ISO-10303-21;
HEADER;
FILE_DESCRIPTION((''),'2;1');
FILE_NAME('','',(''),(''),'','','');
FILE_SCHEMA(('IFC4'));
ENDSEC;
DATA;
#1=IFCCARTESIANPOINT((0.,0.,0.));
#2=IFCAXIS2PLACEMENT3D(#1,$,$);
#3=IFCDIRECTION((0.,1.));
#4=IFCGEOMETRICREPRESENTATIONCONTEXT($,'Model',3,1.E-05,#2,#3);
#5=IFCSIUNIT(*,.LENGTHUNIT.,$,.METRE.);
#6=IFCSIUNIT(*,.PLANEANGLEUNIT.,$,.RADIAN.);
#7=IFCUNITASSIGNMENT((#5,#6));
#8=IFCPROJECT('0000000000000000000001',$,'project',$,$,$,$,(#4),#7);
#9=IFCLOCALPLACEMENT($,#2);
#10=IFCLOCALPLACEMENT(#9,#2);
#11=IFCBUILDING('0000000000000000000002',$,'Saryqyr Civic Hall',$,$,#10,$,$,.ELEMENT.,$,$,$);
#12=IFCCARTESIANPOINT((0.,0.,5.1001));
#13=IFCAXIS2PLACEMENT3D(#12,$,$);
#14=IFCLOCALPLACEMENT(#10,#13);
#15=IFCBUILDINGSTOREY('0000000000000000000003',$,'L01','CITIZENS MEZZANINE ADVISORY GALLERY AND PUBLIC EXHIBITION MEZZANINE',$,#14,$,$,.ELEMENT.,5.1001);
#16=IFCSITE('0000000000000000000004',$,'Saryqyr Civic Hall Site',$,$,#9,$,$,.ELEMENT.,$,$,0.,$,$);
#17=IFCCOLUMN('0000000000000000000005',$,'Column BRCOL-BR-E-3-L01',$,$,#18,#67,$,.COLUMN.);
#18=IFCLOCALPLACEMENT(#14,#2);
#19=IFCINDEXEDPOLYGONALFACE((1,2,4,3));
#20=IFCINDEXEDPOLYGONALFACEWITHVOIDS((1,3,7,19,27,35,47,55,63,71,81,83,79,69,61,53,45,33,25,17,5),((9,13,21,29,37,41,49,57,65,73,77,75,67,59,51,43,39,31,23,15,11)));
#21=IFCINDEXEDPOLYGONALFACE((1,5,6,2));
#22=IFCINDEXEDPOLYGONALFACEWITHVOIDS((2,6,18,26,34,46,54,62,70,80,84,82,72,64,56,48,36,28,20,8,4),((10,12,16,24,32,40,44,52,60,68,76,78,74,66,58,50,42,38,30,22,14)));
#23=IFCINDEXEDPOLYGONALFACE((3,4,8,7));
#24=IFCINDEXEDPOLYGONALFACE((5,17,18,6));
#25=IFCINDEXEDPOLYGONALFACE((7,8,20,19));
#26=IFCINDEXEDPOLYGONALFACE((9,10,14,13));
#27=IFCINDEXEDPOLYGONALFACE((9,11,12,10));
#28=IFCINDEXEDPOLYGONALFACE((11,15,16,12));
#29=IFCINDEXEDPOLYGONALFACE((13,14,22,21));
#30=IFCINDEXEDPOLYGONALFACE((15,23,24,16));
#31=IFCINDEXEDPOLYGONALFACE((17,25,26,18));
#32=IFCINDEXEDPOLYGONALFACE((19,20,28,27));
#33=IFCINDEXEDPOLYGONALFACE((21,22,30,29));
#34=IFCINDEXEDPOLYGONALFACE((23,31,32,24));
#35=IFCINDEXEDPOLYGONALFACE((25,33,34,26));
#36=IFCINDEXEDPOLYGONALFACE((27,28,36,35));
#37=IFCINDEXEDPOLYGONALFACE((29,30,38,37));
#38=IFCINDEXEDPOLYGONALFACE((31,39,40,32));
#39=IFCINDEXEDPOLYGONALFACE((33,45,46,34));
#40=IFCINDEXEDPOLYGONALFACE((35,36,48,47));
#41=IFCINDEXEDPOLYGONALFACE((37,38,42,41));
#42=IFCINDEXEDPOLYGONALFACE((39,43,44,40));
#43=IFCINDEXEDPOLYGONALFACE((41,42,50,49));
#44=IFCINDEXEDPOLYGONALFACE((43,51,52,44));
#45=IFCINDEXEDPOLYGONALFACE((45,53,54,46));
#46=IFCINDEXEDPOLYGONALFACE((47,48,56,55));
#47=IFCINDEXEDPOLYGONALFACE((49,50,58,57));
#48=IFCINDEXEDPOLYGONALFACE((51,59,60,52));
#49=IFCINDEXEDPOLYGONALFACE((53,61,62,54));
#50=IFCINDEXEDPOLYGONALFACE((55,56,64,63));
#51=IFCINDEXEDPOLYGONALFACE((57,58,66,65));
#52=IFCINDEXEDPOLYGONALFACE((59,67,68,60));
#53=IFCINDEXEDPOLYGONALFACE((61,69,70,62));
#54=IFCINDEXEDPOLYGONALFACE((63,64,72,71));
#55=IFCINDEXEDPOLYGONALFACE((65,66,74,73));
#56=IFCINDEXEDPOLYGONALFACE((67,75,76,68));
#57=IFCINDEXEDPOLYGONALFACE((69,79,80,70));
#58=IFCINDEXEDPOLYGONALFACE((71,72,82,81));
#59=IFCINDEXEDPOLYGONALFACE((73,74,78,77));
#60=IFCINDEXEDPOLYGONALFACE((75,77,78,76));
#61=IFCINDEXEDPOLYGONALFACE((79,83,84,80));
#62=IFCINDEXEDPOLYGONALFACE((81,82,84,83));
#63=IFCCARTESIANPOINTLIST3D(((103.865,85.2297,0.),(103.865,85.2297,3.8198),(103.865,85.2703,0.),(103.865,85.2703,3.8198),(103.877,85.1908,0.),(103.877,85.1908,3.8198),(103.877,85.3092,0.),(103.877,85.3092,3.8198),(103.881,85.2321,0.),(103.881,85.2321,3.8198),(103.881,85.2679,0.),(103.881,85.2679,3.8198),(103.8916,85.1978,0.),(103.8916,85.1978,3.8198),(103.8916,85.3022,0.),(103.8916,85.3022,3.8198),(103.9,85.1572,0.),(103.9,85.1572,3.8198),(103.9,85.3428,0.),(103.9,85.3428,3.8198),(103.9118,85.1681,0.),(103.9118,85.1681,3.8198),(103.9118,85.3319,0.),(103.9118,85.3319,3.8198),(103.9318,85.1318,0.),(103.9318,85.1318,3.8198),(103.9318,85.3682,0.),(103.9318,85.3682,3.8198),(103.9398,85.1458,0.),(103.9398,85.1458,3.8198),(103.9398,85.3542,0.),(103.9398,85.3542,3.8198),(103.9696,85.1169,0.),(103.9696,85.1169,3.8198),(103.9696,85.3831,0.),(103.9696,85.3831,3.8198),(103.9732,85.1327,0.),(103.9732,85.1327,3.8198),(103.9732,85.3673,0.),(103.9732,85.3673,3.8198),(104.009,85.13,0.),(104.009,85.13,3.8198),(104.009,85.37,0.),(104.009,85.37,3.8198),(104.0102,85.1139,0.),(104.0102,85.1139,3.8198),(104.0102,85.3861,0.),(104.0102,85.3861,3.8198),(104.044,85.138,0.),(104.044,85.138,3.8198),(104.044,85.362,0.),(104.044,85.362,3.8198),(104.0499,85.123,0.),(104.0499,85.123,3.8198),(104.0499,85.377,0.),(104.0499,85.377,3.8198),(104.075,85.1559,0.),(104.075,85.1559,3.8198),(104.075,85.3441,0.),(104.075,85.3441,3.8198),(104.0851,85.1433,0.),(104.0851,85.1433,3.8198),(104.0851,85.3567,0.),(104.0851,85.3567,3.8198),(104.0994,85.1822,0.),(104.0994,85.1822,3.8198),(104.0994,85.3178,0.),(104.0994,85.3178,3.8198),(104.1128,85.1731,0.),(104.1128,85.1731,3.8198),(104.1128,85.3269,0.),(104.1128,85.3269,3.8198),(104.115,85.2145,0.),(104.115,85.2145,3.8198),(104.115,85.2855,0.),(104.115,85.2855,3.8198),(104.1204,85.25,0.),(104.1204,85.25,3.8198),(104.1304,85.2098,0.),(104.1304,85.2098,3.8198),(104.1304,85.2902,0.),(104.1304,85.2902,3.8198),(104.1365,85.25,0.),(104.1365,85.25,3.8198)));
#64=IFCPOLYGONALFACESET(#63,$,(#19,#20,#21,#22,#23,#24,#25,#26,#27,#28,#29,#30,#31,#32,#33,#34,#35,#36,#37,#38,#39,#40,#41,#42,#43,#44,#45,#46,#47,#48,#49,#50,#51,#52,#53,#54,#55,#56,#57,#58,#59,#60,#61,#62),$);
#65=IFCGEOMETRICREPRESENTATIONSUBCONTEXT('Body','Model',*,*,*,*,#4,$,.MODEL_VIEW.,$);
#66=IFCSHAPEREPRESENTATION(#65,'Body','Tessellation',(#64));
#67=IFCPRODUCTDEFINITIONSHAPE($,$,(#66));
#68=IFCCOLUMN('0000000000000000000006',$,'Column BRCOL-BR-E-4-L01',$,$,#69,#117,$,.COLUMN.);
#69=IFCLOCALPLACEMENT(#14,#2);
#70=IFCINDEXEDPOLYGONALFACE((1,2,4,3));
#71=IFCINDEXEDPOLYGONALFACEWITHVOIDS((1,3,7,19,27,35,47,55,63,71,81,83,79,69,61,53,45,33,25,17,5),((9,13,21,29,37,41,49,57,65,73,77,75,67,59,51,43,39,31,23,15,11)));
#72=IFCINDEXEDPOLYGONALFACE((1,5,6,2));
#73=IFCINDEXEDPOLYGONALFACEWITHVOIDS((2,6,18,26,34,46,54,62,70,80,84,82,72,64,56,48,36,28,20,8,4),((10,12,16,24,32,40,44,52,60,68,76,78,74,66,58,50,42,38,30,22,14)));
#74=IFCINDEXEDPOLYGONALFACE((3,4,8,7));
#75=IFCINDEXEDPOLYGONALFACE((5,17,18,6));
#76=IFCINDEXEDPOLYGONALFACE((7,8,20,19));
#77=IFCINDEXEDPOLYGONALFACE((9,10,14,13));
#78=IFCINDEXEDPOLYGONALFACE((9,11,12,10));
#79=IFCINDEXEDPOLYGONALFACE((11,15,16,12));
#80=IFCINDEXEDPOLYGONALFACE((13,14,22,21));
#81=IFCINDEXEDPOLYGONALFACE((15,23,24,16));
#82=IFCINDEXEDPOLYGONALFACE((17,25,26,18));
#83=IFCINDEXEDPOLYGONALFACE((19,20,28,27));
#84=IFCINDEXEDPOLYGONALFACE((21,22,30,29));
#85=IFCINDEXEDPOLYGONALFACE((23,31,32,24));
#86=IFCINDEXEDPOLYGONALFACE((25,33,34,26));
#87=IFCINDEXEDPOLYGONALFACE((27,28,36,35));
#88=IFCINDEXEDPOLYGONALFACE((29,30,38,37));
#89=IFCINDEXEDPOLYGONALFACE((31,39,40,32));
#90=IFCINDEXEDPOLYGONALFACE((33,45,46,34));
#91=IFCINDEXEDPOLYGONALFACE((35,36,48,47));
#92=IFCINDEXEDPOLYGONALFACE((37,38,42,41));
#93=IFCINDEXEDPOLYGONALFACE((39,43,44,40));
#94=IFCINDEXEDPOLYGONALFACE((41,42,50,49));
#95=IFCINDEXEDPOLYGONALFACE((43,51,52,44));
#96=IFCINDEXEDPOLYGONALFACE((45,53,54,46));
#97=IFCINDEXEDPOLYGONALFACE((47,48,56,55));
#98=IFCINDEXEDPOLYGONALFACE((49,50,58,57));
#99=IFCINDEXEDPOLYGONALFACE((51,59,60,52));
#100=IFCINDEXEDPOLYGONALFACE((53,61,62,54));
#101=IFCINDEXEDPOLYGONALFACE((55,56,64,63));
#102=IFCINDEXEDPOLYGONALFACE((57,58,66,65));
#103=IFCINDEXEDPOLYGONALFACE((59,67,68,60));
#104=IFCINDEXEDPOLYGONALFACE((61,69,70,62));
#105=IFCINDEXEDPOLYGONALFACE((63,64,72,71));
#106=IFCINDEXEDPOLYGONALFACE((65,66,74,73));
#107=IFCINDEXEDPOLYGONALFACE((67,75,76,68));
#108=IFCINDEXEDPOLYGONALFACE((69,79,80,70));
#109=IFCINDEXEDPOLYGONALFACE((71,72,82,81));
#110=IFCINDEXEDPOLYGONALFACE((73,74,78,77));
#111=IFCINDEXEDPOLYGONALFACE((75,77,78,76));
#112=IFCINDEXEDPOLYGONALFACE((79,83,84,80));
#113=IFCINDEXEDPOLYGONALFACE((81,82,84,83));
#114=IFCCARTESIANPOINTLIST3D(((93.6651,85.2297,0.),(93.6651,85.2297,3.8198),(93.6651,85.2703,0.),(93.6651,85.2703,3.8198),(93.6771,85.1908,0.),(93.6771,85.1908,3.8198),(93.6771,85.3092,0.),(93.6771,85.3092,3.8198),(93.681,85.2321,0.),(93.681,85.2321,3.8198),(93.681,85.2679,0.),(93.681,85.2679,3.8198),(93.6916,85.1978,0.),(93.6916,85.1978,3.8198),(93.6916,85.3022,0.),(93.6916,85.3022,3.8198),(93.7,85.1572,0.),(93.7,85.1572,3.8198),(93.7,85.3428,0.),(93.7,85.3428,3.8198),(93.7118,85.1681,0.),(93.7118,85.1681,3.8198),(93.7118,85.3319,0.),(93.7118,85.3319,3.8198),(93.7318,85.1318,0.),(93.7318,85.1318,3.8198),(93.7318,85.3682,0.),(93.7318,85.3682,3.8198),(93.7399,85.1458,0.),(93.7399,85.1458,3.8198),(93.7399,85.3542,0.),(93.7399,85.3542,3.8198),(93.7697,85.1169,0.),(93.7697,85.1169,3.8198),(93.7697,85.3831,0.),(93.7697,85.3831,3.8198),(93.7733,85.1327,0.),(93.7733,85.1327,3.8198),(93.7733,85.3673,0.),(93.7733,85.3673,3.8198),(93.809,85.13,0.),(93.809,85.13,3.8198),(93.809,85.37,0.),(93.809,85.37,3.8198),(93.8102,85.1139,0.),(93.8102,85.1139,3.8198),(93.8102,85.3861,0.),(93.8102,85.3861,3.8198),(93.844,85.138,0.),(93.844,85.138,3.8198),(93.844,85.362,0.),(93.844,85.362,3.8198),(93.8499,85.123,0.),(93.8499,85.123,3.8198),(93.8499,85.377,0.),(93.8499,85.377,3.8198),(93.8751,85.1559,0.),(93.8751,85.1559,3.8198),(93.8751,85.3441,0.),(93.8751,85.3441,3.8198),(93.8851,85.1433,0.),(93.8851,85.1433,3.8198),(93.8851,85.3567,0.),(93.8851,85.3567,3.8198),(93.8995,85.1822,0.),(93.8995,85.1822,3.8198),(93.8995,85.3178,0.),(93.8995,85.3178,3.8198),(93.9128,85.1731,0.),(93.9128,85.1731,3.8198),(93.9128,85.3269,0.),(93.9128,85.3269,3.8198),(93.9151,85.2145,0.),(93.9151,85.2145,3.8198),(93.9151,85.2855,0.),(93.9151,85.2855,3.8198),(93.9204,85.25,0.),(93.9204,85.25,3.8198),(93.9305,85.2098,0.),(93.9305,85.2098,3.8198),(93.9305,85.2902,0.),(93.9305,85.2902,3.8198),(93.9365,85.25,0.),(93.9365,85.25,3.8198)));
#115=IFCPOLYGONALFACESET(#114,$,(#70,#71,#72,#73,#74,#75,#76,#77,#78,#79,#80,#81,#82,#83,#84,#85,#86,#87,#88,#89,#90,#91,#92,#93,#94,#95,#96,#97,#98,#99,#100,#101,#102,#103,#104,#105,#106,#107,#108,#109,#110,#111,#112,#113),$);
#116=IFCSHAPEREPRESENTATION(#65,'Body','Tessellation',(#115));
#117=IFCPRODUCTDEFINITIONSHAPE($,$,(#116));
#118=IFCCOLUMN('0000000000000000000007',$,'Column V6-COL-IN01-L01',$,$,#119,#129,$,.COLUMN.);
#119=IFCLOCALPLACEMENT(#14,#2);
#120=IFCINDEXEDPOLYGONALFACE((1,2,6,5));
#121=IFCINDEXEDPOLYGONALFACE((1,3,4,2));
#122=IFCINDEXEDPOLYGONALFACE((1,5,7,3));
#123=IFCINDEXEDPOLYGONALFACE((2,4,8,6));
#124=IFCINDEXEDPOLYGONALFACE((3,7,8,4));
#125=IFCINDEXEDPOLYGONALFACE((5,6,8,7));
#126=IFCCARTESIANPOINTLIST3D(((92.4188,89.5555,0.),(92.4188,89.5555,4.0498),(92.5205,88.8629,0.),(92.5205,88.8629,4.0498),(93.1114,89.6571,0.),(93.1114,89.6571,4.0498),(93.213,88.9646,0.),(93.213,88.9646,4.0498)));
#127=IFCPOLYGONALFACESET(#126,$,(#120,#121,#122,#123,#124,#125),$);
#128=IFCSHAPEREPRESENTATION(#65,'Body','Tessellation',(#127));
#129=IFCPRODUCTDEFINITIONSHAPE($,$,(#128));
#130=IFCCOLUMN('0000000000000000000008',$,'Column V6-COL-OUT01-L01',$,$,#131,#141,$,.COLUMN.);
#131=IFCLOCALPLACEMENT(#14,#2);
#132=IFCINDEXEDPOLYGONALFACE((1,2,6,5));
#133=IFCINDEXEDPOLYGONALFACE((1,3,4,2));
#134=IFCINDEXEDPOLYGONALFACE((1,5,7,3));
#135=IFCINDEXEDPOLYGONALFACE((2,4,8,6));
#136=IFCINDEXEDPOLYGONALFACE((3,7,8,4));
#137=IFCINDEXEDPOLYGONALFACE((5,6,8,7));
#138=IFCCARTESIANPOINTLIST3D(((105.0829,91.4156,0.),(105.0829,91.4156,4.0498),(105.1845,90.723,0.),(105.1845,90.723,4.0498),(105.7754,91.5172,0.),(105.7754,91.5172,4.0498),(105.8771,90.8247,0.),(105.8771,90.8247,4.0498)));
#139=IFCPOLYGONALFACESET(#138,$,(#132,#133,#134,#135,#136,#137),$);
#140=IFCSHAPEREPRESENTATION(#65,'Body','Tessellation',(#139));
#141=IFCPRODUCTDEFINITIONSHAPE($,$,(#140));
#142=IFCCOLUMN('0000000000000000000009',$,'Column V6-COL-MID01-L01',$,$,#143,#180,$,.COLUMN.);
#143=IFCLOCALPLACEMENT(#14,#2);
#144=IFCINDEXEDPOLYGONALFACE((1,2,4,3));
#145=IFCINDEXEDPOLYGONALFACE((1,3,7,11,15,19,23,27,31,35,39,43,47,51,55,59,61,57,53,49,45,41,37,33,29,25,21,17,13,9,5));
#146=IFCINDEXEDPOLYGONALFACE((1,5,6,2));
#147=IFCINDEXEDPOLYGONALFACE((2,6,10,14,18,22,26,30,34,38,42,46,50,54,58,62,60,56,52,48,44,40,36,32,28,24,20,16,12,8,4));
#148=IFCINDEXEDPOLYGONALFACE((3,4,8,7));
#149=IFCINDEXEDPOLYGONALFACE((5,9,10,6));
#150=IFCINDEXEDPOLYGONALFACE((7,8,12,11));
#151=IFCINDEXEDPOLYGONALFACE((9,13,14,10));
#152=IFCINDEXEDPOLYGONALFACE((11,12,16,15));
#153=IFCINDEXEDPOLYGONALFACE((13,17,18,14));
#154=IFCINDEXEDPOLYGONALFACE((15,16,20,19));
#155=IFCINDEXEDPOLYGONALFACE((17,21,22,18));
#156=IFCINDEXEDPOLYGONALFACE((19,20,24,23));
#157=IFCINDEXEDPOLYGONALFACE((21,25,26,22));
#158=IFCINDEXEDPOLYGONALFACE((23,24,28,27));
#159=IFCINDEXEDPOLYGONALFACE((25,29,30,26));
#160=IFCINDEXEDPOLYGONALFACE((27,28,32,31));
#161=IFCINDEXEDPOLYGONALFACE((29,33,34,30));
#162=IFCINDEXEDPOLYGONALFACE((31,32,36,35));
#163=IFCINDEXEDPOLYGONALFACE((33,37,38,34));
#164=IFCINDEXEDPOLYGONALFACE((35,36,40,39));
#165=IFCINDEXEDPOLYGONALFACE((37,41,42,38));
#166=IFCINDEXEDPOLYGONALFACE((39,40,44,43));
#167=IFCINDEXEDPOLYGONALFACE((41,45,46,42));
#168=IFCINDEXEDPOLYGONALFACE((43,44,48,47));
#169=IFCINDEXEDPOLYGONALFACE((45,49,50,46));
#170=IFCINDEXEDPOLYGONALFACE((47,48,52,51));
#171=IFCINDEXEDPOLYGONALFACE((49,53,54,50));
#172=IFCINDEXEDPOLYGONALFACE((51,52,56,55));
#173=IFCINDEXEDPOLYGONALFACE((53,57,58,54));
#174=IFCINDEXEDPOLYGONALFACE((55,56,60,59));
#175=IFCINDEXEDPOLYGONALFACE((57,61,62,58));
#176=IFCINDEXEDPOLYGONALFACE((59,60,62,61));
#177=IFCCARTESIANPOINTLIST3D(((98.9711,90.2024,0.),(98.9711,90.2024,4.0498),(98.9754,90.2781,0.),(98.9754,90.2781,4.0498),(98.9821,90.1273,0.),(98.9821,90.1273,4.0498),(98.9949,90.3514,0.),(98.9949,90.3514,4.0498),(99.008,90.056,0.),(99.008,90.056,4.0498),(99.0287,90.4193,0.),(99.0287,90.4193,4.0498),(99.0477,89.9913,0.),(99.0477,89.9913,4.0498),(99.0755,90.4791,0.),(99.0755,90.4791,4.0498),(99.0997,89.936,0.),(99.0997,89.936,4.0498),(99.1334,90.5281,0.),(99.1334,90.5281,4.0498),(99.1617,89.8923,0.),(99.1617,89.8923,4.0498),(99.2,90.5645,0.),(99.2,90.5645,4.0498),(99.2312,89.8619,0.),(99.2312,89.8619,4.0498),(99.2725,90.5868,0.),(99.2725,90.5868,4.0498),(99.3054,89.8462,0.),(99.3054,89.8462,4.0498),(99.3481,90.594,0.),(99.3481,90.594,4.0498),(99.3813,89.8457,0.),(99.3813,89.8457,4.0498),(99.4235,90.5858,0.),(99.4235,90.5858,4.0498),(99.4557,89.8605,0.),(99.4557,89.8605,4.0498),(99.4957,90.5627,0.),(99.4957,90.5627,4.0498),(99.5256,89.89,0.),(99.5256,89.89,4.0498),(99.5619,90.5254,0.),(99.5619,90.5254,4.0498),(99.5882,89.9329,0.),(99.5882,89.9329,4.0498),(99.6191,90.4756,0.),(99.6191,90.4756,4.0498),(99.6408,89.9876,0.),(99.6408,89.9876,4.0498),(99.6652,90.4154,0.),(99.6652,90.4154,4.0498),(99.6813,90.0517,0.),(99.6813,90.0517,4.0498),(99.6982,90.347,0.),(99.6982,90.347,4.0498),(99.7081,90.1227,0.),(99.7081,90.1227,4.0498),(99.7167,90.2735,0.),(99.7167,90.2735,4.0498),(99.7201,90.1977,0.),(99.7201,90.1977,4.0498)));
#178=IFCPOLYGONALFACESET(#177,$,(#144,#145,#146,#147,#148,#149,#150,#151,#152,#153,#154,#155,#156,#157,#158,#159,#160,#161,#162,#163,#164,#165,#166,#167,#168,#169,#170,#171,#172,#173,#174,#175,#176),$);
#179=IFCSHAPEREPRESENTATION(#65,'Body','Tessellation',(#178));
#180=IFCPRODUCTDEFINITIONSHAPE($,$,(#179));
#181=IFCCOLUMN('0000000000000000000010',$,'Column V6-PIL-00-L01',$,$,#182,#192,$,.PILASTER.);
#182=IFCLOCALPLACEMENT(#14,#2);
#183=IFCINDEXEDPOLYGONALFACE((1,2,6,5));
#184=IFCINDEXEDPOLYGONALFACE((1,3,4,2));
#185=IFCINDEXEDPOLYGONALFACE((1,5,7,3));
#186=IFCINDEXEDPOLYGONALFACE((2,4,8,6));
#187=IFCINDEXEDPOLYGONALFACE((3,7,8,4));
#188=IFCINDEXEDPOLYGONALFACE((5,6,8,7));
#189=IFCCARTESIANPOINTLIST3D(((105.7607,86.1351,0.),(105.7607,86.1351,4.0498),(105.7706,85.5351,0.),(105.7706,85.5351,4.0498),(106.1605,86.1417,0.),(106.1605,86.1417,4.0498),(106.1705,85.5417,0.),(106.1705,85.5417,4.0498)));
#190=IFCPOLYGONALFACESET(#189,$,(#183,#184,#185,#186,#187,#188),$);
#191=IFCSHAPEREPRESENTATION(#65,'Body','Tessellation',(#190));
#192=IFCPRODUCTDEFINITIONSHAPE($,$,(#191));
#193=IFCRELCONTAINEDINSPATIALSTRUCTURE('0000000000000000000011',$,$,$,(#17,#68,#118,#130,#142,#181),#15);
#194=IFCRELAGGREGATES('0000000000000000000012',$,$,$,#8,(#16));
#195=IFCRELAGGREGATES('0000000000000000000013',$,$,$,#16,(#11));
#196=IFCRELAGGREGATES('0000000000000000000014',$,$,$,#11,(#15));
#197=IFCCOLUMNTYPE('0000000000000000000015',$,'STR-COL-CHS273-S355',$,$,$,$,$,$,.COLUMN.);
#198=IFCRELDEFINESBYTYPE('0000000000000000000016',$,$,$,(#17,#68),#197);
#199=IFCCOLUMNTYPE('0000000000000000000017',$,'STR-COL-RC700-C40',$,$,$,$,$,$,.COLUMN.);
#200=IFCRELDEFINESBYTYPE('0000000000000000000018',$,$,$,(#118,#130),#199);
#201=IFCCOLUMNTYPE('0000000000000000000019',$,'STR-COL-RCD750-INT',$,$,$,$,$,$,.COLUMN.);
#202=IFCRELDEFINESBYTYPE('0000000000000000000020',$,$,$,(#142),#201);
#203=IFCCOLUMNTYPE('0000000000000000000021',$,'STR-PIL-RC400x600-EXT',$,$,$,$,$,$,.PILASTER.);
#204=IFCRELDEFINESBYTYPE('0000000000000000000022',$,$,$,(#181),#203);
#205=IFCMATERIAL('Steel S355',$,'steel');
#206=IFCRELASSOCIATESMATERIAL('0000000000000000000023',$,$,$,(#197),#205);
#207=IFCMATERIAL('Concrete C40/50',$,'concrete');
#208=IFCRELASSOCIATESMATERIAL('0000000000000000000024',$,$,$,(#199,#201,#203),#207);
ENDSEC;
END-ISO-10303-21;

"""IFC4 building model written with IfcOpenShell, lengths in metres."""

from ifc_helpers import new_model, si_unit, direction, frame, origin, origin_2d, place, context, subcontext, project, spatial, rectangle, circle, hollow_circle, extrude, material, material_profile, profile_set, type_object, element, save


model = new_model("IFC4")

# Units and contexts
model_context = context("Model", 3, precision=1e-05, world=origin(), true_north=direction((0.0, 1.0)))
body_context = subcontext(model_context, "Body", "Model", "MODEL_VIEW")
ifc_project = project(units=[si_unit("LENGTHUNIT", "METRE"), si_unit("PLANEANGLEUNIT", "RADIAN")], contexts=[model_context])

# Site, building, storey
site_placement = place(None, origin())
site = spatial("IfcSite", under=ifc_project, at=site_placement, Name="Saryqyr Civic Hall Site", CompositionType="ELEMENT", RefElevation=0.0)
building_placement = place(site_placement, origin())
building = spatial("IfcBuilding", under=site, at=building_placement, Name="Saryqyr Civic Hall", CompositionType="ELEMENT")
storey_placement = place(building_placement, frame((0.0, 0.0, 5.1001)))
storey = spatial("IfcBuildingStorey", under=building, at=storey_placement, Name="L01", Description="CITIZENS MEZZANINE ADVISORY GALLERY AND PUBLIC EXHIBITION MEZZANINE", CompositionType="ELEMENT", Elevation=5.1001)

# Columns
ifc_material_1 = material(Name="Steel S355", Category="steel")
ifc_material_profile_1 = material_profile(ifc_material_1, hollow_circle(Radius=0.1365, WallThickness=0.0161, at=origin_2d()), Name="CHS 273x16")
ifc_profile_set_1 = profile_set([ifc_material_profile_1], Name="Steel S355")
column_type_1 = type_object("IfcColumnType", Name="STR-COL-CHS273-S355", PredefinedType="COLUMN", material=ifc_profile_set_1)
for number, where, z_axis, x_axis, name in (
    (1, (104.0, 85.25, 0.0), (0.0, 0.0, 1.0), (1.0, 0.0, 0.0), "Column BRCOL-BR-E-3-L01"),
    (2, (93.8, 85.25, 0.0), (0.0, 0.0, 1.0), (1.0, 0.0, 0.0), "Column BRCOL-BR-E-4-L01"),
):
    element("IfcColumn", number, at=place(storey_placement, frame(where, z_axis=z_axis, x_axis=x_axis)), inside=storey, type_object=column_type_1, Name=name, PredefinedType="COLUMN", context=body_context, shape_type="SweptSolid", body=[
        extrude(hollow_circle(Radius=0.1365, WallThickness=0.0161, at=origin_2d()), origin(), (0.0, 0.0, 1.0), 3.8198),
    ])
ifc_material_2 = material(Name="Concrete C40/50", Category="concrete")
ifc_material_profile_2 = material_profile(ifc_material_2, rectangle(XDim=0.7, YDim=0.7, at=origin_2d()), Name="RC 700x700")
ifc_profile_set_2 = profile_set([ifc_material_profile_2], Name="Concrete C40/50")
column_type_2 = type_object("IfcColumnType", Name="STR-COL-RC700-C40", PredefinedType="COLUMN", material=ifc_profile_set_2)
for number, where, z_axis, x_axis, name in (
    (3, (92.8159, 89.26, 0.0), (0.0, 0.0, 1.0), (0.989399, 0.14522, 0.0), "Column V6-COL-IN01-L01"),
    (4, (105.48, 91.1201, 0.0), (0.0, 0.0, 1.0), (0.989399, 0.14522, 0.0), "Column V6-COL-OUT01-L01"),
):
    element("IfcColumn", number, at=place(storey_placement, frame(where, z_axis=z_axis, x_axis=x_axis)), inside=storey, type_object=column_type_2, Name=name, PredefinedType="COLUMN", context=body_context, shape_type="SweptSolid", body=[
        extrude(rectangle(XDim=0.7, YDim=0.7, at=origin_2d()), origin(), (0.0, 0.0, 1.0), 4.0498),
    ])
ifc_material_profile_3 = material_profile(ifc_material_2, circle(Radius=0.375, at=origin_2d()), Name="RC D750")
ifc_profile_set_3 = profile_set([ifc_material_profile_3], Name="Concrete C40/50")
column_type_3 = type_object("IfcColumnType", Name="STR-COL-RCD750-INT", PredefinedType="COLUMN", material=ifc_profile_set_3)
column_1_placement = place(storey_placement, frame((99.3457, 90.219, 0.0), z_axis=(0.0, 0.0, 1.0), x_axis=(0.989399, 0.14522, 0.0)))
element("IfcColumn", 5, at=column_1_placement, inside=storey, type_object=column_type_3, Name="Column V6-COL-MID01-L01", PredefinedType="COLUMN", context=body_context, shape_type="SweptSolid", body=[
    extrude(circle(Radius=0.375, at=origin_2d()), origin(), (0.0, 0.0, 1.0), 4.0498),
])
ifc_material_profile_4 = material_profile(ifc_material_2, rectangle(XDim=0.3999, YDim=0.6001, at=origin_2d()), Name="RC 400x600")
ifc_profile_set_4 = profile_set([ifc_material_profile_4], Name="Concrete C40/50")
column_type_4 = type_object("IfcColumnType", Name="STR-PIL-RC400x600-EXT", PredefinedType="PILASTER", material=ifc_profile_set_4)
column_2_placement = place(storey_placement, frame((105.9656, 85.8384, 0.0), z_axis=(0.0, 0.0, 1.0), x_axis=(0.999863, 0.01658, 0.0)))
element("IfcColumn", 6, at=column_2_placement, inside=storey, type_object=column_type_4, Name="Column V6-PIL-00-L01", PredefinedType="PILASTER", context=body_context, shape_type="SweptSolid", body=[
    extrude(rectangle(XDim=0.3999, YDim=0.6001, at=origin_2d()), origin(), (0.0, 0.0, 1.0), 4.0498),
])

save(model, "model.ifc")
